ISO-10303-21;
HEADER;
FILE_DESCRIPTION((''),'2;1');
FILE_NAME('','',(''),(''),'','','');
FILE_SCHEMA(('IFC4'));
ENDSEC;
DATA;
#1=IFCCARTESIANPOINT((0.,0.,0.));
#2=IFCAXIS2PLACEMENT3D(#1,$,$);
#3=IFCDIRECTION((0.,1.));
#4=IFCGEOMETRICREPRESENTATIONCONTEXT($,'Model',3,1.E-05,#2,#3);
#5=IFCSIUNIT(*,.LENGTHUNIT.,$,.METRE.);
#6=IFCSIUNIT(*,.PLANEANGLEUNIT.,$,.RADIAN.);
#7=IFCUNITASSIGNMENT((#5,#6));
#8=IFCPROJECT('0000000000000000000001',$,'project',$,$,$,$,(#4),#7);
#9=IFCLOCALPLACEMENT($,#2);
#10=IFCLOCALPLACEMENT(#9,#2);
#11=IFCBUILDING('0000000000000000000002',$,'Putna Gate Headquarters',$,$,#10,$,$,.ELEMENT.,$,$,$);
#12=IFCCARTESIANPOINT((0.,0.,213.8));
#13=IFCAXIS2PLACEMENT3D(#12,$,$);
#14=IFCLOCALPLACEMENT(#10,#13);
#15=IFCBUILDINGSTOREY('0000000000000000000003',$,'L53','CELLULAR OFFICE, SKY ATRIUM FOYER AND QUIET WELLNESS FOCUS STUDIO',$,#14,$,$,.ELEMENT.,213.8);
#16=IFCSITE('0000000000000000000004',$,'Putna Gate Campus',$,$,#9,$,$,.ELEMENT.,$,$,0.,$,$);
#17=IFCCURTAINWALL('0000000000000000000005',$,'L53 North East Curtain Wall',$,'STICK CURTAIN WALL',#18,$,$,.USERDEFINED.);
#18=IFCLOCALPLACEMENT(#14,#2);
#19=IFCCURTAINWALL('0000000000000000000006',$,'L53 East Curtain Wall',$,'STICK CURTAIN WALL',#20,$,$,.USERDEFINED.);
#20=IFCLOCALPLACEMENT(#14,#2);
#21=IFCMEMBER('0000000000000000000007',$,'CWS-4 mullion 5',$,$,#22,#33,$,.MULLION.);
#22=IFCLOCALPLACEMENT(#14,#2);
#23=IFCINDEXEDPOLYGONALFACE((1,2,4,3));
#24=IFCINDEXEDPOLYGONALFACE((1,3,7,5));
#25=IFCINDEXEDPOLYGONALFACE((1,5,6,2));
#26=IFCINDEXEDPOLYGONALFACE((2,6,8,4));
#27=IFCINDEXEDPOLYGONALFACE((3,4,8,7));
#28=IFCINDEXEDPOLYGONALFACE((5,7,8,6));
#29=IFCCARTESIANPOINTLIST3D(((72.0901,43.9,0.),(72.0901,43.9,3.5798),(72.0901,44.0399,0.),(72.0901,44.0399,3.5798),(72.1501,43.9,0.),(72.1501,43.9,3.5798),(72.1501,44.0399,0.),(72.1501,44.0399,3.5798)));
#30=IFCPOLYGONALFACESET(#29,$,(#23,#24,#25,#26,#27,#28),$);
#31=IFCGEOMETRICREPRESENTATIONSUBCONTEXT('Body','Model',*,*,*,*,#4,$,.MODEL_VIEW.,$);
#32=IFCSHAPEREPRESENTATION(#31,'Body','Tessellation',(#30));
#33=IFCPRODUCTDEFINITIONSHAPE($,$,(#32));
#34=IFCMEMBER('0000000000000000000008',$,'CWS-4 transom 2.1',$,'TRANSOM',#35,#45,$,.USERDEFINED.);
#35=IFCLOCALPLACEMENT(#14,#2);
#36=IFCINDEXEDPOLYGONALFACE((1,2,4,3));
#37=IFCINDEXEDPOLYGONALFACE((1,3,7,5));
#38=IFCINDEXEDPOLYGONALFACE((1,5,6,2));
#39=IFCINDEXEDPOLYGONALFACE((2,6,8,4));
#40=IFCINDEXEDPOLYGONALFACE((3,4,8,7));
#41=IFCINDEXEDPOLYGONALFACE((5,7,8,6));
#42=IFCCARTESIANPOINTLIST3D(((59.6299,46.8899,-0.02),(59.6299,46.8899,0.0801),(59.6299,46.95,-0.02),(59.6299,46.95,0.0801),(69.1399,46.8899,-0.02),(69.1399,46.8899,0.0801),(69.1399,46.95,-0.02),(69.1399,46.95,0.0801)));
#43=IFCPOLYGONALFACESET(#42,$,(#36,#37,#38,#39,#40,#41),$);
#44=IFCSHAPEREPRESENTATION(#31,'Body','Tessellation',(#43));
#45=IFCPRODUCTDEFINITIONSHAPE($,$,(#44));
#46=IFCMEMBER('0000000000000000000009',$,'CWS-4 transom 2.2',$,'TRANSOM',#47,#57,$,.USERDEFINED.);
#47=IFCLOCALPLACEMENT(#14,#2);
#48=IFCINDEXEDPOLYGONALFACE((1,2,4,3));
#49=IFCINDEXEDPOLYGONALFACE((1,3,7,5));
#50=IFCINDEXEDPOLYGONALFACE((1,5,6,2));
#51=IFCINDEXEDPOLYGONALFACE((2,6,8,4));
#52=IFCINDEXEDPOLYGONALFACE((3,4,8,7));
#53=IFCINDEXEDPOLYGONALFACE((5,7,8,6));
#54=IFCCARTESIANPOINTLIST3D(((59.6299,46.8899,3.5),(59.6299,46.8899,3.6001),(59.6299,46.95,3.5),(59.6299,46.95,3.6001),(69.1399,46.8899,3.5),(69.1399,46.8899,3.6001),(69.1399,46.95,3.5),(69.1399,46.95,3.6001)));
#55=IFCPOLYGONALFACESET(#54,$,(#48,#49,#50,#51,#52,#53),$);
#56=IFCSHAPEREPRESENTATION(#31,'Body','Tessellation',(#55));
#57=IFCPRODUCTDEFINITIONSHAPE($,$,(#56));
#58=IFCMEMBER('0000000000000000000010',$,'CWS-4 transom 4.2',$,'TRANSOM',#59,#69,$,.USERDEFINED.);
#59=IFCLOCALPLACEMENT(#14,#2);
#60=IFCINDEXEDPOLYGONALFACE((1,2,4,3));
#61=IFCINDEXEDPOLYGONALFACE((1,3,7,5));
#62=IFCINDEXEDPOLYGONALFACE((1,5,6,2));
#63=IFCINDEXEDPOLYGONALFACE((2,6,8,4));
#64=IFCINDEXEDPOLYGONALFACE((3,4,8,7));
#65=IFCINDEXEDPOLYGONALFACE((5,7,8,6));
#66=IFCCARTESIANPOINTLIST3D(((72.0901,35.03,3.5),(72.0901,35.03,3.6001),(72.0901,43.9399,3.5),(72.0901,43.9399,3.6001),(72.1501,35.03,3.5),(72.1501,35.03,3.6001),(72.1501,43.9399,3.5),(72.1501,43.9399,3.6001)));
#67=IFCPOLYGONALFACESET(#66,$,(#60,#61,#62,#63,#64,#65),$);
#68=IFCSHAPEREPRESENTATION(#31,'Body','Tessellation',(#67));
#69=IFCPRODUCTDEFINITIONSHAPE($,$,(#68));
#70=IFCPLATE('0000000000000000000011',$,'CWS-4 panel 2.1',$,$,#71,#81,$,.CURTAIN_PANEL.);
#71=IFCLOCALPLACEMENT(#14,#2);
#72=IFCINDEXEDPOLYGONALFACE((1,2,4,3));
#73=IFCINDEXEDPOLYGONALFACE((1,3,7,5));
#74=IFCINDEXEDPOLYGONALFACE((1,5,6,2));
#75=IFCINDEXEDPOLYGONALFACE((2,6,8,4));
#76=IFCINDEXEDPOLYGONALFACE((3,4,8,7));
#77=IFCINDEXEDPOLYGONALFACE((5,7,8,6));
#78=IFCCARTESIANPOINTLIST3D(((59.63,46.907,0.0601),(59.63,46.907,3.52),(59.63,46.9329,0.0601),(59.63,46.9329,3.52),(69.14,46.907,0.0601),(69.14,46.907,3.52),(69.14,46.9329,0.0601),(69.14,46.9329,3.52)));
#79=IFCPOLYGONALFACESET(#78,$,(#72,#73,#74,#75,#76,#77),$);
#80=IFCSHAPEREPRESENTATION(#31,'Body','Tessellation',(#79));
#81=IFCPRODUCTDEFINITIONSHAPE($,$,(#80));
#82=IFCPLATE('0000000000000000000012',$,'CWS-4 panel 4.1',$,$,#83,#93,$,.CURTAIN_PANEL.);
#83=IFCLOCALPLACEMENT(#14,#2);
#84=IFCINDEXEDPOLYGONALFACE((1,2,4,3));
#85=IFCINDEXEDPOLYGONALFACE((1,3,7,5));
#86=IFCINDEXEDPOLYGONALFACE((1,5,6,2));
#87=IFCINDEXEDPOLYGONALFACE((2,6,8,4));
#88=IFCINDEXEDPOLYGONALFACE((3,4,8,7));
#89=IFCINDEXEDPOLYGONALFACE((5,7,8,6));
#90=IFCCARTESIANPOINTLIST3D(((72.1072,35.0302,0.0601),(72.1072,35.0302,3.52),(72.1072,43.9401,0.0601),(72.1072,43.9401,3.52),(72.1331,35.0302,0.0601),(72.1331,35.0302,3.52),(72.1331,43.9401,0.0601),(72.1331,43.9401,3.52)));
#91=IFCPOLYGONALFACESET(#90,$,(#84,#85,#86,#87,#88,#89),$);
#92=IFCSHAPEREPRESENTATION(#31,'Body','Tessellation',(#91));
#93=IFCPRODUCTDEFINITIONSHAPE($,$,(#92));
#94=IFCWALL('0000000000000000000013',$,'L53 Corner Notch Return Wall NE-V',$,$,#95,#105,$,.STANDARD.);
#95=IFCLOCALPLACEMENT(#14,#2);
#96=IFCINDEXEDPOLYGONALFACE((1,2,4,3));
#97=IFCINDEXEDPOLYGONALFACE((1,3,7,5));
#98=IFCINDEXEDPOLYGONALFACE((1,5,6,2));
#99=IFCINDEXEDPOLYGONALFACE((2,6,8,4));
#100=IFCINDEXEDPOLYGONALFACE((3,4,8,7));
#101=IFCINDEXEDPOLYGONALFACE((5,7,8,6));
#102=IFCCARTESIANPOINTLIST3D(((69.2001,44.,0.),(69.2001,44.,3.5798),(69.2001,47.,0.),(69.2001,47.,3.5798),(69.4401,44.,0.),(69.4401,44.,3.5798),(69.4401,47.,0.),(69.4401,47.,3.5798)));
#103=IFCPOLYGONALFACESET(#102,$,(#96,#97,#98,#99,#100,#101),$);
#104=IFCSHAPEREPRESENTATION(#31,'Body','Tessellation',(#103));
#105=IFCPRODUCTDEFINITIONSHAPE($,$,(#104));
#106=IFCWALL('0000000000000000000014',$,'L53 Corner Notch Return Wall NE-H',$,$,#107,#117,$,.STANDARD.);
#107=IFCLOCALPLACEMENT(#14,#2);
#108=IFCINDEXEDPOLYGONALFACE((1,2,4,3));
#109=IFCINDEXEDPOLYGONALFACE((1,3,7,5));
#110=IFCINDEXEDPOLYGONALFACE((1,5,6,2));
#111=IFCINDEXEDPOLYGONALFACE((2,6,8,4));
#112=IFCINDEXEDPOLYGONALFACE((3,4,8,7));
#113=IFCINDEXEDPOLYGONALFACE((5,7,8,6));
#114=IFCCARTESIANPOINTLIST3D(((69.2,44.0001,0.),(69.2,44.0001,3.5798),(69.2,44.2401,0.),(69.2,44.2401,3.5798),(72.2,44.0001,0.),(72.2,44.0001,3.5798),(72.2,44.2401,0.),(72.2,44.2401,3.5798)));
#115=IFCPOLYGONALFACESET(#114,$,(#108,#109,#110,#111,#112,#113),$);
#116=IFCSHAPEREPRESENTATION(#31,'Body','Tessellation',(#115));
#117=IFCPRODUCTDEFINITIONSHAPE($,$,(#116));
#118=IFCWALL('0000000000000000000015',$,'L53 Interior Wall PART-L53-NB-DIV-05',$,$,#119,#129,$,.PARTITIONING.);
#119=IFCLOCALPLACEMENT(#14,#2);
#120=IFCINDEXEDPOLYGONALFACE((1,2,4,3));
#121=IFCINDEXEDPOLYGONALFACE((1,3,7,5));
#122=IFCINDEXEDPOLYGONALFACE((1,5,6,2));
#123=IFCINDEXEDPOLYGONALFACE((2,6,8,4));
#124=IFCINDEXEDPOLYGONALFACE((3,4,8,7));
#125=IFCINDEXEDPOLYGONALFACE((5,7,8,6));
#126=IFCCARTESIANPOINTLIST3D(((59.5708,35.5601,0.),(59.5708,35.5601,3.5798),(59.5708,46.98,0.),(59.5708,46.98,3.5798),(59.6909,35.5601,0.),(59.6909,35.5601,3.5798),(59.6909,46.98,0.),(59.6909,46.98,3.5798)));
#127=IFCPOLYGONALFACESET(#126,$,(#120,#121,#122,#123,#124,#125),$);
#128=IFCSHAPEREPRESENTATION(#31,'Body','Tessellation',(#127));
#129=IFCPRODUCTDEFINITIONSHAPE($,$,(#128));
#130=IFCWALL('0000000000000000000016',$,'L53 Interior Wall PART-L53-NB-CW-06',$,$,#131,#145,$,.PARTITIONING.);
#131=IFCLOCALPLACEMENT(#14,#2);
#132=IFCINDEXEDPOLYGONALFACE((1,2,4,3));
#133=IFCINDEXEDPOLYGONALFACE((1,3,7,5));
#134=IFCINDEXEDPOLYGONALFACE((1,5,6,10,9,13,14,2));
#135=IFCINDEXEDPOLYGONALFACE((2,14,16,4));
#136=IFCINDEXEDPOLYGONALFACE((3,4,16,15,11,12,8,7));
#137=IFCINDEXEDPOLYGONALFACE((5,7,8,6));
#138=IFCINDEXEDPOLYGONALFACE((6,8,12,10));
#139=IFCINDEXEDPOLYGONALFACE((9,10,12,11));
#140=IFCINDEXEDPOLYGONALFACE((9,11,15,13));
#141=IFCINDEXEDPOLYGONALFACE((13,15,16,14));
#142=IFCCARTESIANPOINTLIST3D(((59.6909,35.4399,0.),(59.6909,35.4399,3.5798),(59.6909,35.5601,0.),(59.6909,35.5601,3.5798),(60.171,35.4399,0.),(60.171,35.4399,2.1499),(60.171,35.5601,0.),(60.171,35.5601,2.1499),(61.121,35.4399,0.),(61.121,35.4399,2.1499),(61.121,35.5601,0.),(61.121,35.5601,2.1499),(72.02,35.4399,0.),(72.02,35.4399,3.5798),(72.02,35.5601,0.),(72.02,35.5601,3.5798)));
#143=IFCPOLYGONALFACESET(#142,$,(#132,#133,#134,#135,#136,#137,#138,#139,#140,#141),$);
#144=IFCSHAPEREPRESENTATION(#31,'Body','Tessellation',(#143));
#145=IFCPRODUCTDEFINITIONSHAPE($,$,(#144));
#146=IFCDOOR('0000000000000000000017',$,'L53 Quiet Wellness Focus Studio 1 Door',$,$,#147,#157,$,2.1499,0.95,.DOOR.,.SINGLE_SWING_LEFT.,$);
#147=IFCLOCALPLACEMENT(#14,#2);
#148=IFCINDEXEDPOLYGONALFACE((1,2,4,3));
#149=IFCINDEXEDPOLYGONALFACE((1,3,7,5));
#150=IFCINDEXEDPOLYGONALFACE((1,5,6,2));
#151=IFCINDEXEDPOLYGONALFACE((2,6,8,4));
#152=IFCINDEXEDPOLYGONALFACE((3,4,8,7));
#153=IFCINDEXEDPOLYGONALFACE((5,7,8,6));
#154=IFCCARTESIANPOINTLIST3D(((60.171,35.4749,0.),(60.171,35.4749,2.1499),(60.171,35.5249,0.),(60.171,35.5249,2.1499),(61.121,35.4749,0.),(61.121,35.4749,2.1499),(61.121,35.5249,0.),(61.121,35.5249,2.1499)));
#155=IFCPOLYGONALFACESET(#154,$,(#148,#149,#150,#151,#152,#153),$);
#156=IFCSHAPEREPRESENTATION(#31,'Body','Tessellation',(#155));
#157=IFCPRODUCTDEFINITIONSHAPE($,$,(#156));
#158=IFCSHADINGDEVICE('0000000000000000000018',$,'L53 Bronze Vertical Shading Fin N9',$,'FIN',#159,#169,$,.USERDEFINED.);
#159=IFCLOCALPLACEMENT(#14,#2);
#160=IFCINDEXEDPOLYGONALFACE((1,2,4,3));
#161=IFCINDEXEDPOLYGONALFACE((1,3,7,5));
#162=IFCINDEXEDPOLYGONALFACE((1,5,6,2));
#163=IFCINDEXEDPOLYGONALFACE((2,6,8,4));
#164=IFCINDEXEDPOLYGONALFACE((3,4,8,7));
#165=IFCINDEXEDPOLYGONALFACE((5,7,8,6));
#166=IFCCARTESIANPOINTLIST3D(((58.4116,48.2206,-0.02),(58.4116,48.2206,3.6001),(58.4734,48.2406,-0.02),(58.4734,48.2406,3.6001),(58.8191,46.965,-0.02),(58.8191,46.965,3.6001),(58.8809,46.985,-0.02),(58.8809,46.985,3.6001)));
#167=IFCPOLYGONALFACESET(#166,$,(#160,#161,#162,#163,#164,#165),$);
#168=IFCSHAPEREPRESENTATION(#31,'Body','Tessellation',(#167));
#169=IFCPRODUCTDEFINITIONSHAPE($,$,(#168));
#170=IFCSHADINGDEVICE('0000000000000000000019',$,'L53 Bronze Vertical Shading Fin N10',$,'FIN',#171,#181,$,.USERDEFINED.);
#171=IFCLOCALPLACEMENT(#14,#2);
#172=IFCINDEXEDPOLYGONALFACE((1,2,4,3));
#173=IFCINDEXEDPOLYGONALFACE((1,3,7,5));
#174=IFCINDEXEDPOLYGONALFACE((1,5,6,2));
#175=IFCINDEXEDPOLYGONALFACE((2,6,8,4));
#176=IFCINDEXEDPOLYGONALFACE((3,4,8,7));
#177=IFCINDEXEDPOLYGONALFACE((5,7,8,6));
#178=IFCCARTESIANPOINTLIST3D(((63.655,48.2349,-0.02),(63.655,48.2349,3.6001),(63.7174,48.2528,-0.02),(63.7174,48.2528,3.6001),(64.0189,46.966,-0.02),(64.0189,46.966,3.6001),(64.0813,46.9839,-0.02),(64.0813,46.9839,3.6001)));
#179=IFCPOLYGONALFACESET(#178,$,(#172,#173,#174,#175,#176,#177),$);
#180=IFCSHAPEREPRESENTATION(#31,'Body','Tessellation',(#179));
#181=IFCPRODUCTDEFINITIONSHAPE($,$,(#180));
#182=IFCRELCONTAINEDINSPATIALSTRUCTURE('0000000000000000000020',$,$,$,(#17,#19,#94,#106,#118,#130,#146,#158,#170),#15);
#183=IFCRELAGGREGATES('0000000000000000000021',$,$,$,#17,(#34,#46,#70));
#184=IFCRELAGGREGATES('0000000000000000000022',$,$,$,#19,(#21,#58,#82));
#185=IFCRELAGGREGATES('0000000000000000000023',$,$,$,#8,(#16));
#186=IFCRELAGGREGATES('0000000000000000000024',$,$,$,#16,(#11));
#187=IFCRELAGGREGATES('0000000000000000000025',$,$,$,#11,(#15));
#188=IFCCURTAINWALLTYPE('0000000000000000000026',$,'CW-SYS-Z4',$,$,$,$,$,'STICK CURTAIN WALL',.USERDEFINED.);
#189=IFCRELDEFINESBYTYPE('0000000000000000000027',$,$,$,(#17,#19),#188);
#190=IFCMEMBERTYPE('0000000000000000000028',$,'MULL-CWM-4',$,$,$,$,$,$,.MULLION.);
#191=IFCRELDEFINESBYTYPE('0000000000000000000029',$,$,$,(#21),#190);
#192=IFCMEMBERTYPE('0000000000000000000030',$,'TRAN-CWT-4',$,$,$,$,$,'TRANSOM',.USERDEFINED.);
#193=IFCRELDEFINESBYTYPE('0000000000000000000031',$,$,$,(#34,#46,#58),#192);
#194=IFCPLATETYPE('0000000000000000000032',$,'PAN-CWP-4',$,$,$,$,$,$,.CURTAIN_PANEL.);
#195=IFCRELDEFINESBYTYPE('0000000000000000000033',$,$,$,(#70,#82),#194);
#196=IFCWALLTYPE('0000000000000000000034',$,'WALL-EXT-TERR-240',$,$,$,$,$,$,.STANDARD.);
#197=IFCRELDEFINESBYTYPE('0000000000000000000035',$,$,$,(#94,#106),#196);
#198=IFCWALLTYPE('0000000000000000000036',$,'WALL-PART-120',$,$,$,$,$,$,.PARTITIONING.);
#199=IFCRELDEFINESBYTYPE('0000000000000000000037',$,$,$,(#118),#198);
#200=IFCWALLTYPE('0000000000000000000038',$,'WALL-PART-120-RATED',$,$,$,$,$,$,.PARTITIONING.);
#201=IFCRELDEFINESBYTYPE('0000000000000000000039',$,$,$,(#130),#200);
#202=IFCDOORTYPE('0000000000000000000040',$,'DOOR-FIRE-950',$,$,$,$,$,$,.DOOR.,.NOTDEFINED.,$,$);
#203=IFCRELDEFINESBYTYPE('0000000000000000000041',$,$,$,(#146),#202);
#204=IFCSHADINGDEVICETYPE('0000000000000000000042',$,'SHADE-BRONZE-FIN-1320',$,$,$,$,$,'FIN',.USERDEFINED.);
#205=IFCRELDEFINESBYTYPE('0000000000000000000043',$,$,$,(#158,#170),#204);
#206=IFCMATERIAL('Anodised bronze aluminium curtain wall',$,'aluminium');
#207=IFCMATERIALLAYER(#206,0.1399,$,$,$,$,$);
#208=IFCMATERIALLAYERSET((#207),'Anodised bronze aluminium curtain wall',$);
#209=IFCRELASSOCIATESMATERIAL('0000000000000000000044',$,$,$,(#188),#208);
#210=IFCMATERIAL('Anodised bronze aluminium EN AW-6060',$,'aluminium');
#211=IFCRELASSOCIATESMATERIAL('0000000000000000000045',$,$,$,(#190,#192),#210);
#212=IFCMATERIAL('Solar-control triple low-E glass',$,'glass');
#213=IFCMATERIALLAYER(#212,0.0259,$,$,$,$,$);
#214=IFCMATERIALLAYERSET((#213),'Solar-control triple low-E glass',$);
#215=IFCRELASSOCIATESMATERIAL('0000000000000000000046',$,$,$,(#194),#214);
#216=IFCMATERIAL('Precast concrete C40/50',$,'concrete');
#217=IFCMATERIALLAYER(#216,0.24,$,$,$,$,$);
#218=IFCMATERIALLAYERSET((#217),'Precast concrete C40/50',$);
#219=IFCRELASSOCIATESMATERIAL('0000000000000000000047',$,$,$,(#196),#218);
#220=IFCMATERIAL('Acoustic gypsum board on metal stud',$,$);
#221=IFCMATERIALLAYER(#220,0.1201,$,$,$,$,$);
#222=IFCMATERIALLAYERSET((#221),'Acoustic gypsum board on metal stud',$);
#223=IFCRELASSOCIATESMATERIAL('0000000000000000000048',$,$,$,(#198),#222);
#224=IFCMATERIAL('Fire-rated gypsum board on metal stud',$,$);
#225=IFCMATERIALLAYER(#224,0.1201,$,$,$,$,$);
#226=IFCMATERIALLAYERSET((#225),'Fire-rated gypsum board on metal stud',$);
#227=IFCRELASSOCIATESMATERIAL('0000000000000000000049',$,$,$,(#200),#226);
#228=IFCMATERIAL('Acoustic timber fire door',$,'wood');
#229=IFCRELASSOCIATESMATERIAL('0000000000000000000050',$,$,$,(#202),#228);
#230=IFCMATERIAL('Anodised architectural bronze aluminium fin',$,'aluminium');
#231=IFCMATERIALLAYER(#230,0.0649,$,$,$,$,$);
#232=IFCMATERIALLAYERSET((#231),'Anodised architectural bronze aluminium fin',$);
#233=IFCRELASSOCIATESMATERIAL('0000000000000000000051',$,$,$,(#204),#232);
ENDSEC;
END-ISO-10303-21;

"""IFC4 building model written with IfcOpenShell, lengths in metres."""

from ifc_helpers import new_model, si_unit, direction, frame, frame_2d, origin, origin_2d, place, context, subcontext, project, spatial, rectangle, extrude, material, layer, layer_set, material_profile, profile_set, type_object, element, fill, aggregate, save


model = new_model("IFC4")

# Units and contexts
model_context = context("Model", 3, precision=1e-05, world=origin(), true_north=direction((0.0, 1.0)))
body_context = subcontext(model_context, "Body", "Model", "MODEL_VIEW")
ifc_project = project(units=[si_unit("LENGTHUNIT", "METRE"), si_unit("PLANEANGLEUNIT", "RADIAN")], contexts=[model_context])

# Site, building, storey
site_placement = place(None, origin())
site = spatial("IfcSite", under=ifc_project, at=site_placement, Name="Putna Gate Campus", CompositionType="ELEMENT", RefElevation=0.0)
building_placement = place(site_placement, origin())
building = spatial("IfcBuilding", under=site, at=building_placement, Name="Putna Gate Headquarters", CompositionType="ELEMENT")
storey_placement = place(building_placement, frame((0.0, 0.0, 213.8)))
storey = spatial("IfcBuildingStorey", under=building, at=storey_placement, Name="L53", Description="CELLULAR OFFICE, SKY ATRIUM FOYER AND QUIET WELLNESS FOCUS STUDIO", CompositionType="ELEMENT", Elevation=213.8)

# Curtain wall
ifc_material_1 = material(Name="Anodised bronze aluminium curtain wall", Category="aluminium")
ifc_layer_1 = layer(ifc_material_1, 0.1399)
ifc_layer_set_1 = layer_set([ifc_layer_1], Name="Anodised bronze aluminium curtain wall")
curtain_wall_type = type_object("IfcCurtainWallType", Name="CW-SYS-Z4", ElementType="STICK CURTAIN WALL", PredefinedType="USERDEFINED", material=ifc_layer_set_1)
curtain_wall_1_placement = place(storey_placement, origin())
curtain_wall_1 = element("IfcCurtainWall", 1, at=curtain_wall_1_placement, inside=storey, type_object=curtain_wall_type, Name="L53 North East Curtain Wall", ObjectType="STICK CURTAIN WALL", PredefinedType="USERDEFINED")
ifc_material_2 = material(Name="Anodised bronze aluminium EN AW-6060", Category="aluminium")
ifc_material_profile_1 = material_profile(ifc_material_2, rectangle(XDim=0.0601, YDim=0.1399, at=origin_2d()), Name="Anodised bronze aluminium EN AW-6060")
ifc_profile_set_1 = profile_set([ifc_material_profile_1], Name="Anodised bronze aluminium EN AW-6060")
member_type_1 = type_object("IfcMemberType", Name="MULL-CWM-4", PredefinedType="MULLION", material=ifc_profile_set_1)

# Curtain wall, member
curtain_wall_2_placement = place(storey_placement, origin())
curtain_wall_2 = element("IfcCurtainWall", 2, at=curtain_wall_2_placement, inside=storey, type_object=curtain_wall_type, Name="L53 East Curtain Wall", ObjectType="STICK CURTAIN WALL", PredefinedType="USERDEFINED")
member_1_placement = place(storey_placement, frame((72.1201, 43.97, 0.0), z_axis=(0.0, 0.0, 1.0), x_axis=(-1.0, 0.0, 0.0)))
member_1 = element("IfcMember", 3, at=member_1_placement, type_object=member_type_1, Name="CWS-4 mullion 5", PredefinedType="MULLION", context=body_context, shape_type="SweptSolid", body=[
    extrude(rectangle(XDim=0.0601, YDim=0.1399, at=origin_2d()), origin(), (0.0, 0.0, 1.0), 3.5798),
])

# Members
ifc_material_profile_2 = material_profile(ifc_material_2, rectangle(XDim=0.0601, YDim=0.1001, at=origin_2d()), Name="Anodised bronze aluminium EN AW-6060")
ifc_profile_set_2 = profile_set([ifc_material_profile_2], Name="Anodised bronze aluminium EN AW-6060")
member_type_2 = type_object("IfcMemberType", Name="TRAN-CWT-4", ElementType="TRANSOM", PredefinedType="USERDEFINED", material=ifc_profile_set_2)
member_2_placement = place(storey_placement, frame((59.6299, 46.9199, 0.03), z_axis=(1.0, 0.0, 0.0), x_axis=(0.0, 1.0, 0.0)))
member_2 = element("IfcMember", 4, at=member_2_placement, type_object=member_type_2, Name="CWS-4 transom 2.1", ObjectType="TRANSOM", PredefinedType="USERDEFINED", context=body_context, shape_type="SweptSolid", body=[
    extrude(rectangle(XDim=0.0601, YDim=0.1001, at=origin_2d()), origin(), (0.0, 0.0, 1.0), 9.51),
])
member_3_placement = place(storey_placement, frame((59.6299, 46.9199, 3.55), z_axis=(1.0, 0.0, 0.0), x_axis=(0.0, 1.0, 0.0)))
member_3 = element("IfcMember", 5, at=member_3_placement, type_object=member_type_2, Name="CWS-4 transom 2.2", ObjectType="TRANSOM", PredefinedType="USERDEFINED", context=body_context, shape_type="SweptSolid", body=[
    extrude(rectangle(XDim=0.0601, YDim=0.1001, at=origin_2d()), origin(), (0.0, 0.0, 1.0), 9.51),
])
member_4_placement = place(storey_placement, frame((72.1201, 35.03, 3.55), z_axis=(0.0, 1.0, 0.0), x_axis=(-1.0, 0.0, 0.0)))
member_4 = element("IfcMember", 6, at=member_4_placement, type_object=member_type_2, Name="CWS-4 transom 4.2", ObjectType="TRANSOM", PredefinedType="USERDEFINED", context=body_context, shape_type="SweptSolid", body=[
    extrude(rectangle(XDim=0.0601, YDim=0.1001, at=origin_2d()), origin(), (0.0, 0.0, 1.0), 8.9099),
])

# Plates
ifc_material_3 = material(Name="Solar-control triple low-E glass", Category="glass")
ifc_layer_2 = layer(ifc_material_3, 0.0259)
ifc_layer_set_2 = layer_set([ifc_layer_2], Name="Solar-control triple low-E glass")
plate_type = type_object("IfcPlateType", Name="PAN-CWP-4", PredefinedType="CURTAIN_PANEL", material=ifc_layer_set_2)
plate_1_placement = place(storey_placement, frame((64.385, 46.9199, 0.0601), z_axis=(0.0, 0.0, 1.0), x_axis=(1.0, 0.0, 0.0)))
plate_1 = element("IfcPlate", 7, at=plate_1_placement, type_object=plate_type, Name="CWS-4 panel 2.1", PredefinedType="CURTAIN_PANEL", context=body_context, shape_type="SweptSolid", body=[
    extrude(rectangle(XDim=9.51, YDim=0.0259, at=origin_2d()), origin(), (0.0, 0.0, 1.0), 3.46),
])
aggregate(curtain_wall_1, [member_2, member_3, plate_1])
plate_2_placement = place(storey_placement, frame((72.1201, 39.4851, 0.0601), z_axis=(0.0, 0.0, 1.0), x_axis=(0.0, 1.0, 0.0)))
plate_2 = element("IfcPlate", 8, at=plate_2_placement, type_object=plate_type, Name="CWS-4 panel 4.1", PredefinedType="CURTAIN_PANEL", context=body_context, shape_type="SweptSolid", body=[
    extrude(rectangle(XDim=8.9099, YDim=0.0259, at=origin_2d()), origin(), (0.0, 0.0, 1.0), 3.46),
])
aggregate(curtain_wall_2, [member_1, member_4, plate_2])

# Walls
ifc_material_4 = material(Name="Precast concrete C40/50", Category="concrete")
ifc_layer_3 = layer(ifc_material_4, 0.24)
ifc_layer_set_3 = layer_set([ifc_layer_3], Name="Precast concrete C40/50")
wall_type_1 = type_object("IfcWallType", Name="WALL-EXT-TERR-240", PredefinedType="STANDARD", material=ifc_layer_set_3)
for number, where, z_axis, x_axis, name in (
    (9, (69.3201, 47.0, 0.0), (0.0, 0.0, 1.0), (0.0, -1.0, 0.0), "L53 Corner Notch Return Wall NE-V"),
    (10, (69.2, 44.1201, 0.0), (0.0, 0.0, 1.0), (1.0, 0.0, 0.0), "L53 Corner Notch Return Wall NE-H"),
):
    element("IfcWall", number, at=place(storey_placement, frame(where, z_axis=z_axis, x_axis=x_axis)), inside=storey, type_object=wall_type_1, Name=name, PredefinedType="STANDARD", context=body_context, shape_type="SweptSolid", body=[
        extrude(rectangle(XDim=3.0, YDim=0.24, at=frame_2d((1.5, 0.0))), origin(), (0.0, 0.0, 1.0), 3.5798),
    ])
ifc_material_5 = material(Name="Acoustic gypsum board on metal stud")
ifc_layer_4 = layer(ifc_material_5, 0.1201)
ifc_layer_set_4 = layer_set([ifc_layer_4], Name="Acoustic gypsum board on metal stud")
wall_type_2 = type_object("IfcWallType", Name="WALL-PART-120", PredefinedType="PARTITIONING", material=ifc_layer_set_4)
wall_1_placement = place(storey_placement, frame((59.6309, 35.5601, 0.0), z_axis=(0.0, 0.0, 1.0), x_axis=(0.0, 1.0, 0.0)))
element("IfcWall", 11, at=wall_1_placement, inside=storey, type_object=wall_type_2, Name="L53 Interior Wall PART-L53-NB-DIV-05", PredefinedType="PARTITIONING", context=body_context, shape_type="SweptSolid", body=[
    extrude(rectangle(XDim=11.4199, YDim=0.1201, at=frame_2d((5.71, 0.0))), origin(), (0.0, 0.0, 1.0), 3.5798),
])

# Wall, opening, door
ifc_material_6 = material(Name="Fire-rated gypsum board on metal stud")
ifc_layer_5 = layer(ifc_material_6, 0.1201)
ifc_layer_set_5 = layer_set([ifc_layer_5], Name="Fire-rated gypsum board on metal stud")
wall_type_3 = type_object("IfcWallType", Name="WALL-PART-120-RATED", PredefinedType="PARTITIONING", material=ifc_layer_set_5)
wall_2_placement = place(storey_placement, frame((59.6909, 35.5, 0.0), z_axis=(0.0, 0.0, 1.0), x_axis=(1.0, 0.0, 0.0)))
wall_2 = element("IfcWall", 12, at=wall_2_placement, inside=storey, type_object=wall_type_3, Name="L53 Interior Wall PART-L53-NB-CW-06", PredefinedType="PARTITIONING", context=body_context, shape_type="SweptSolid", body=[
    extrude(rectangle(XDim=12.3291, YDim=0.1201, at=frame_2d((6.1646, 0.0))), origin(), (0.0, 0.0, 1.0), 3.5798),
])
opening_placement = place(wall_2_placement, frame((0.48, 0.0, 0.0)))
opening = element("IfcOpeningElement", 13, at=opening_placement, cuts=wall_2, PredefinedType="OPENING", context=body_context, shape_type="SweptSolid", body=[
    extrude(rectangle(XDim=0.95, YDim=2.1499, at=frame_2d((0.4751, 1.075))), frame((0.0, 0.0701, 0.0), z_axis=(0.0, -1.0, 0.0), x_axis=(1.0, 0.0, 0.0)), (0.0, 0.0, 1.0), 0.1401),
])
ifc_material_7 = material(Name="Acoustic timber fire door", Category="wood")
door_type = type_object("IfcDoorType", Name="DOOR-FIRE-950", OperationType="NOTDEFINED", PredefinedType="DOOR", material=ifc_material_7)
door_placement = place(opening_placement, origin())
door = element("IfcDoor", 14, at=door_placement, inside=storey, type_object=door_type, Name="L53 Quiet Wellness Focus Studio 1 Door", OperationType="SINGLE_SWING_LEFT", OverallHeight=2.1499, OverallWidth=0.95, PredefinedType="DOOR", context=body_context, shape_type="SweptSolid", body=[
    extrude(rectangle(XDim=0.95, YDim=2.1499, at=frame_2d((0.4751, 1.075))), frame((0.0, 0.0249, 0.0), z_axis=(0.0, -1.0, 0.0), x_axis=(1.0, 0.0, 0.0)), (0.0, 0.0, 1.0), 0.05),
])
fill(opening, door)

# Shading devices
ifc_material_8 = material(Name="Anodised architectural bronze aluminium fin", Category="aluminium")
ifc_layer_6 = layer(ifc_material_8, 0.0649)
ifc_layer_set_6 = layer_set([ifc_layer_6], Name="Anodised architectural bronze aluminium fin")
shading_device_type = type_object("IfcShadingDeviceType", Name="SHADE-BRONZE-FIN-1320", ElementType="FIN", PredefinedType="USERDEFINED", material=ifc_layer_set_6)
for number, where, z_axis, x_axis, name in (
    (15, (58.6462, 47.6028, -0.02), (0.0, 0.0, 1.0), (-0.308685, 0.951164, 0.0), "L53 Bronze Vertical Shading Fin N9"),
    (16, (63.8682, 47.6094, -0.02), (0.0, 0.0, 1.0), (-0.275637, 0.961262, 0.0), "L53 Bronze Vertical Shading Fin N10"),
):
    element("IfcShadingDevice", number, at=place(storey_placement, frame(where, z_axis=z_axis, x_axis=x_axis)), inside=storey, type_object=shading_device_type, Name=name, ObjectType="FIN", PredefinedType="USERDEFINED", context=body_context, shape_type="SweptSolid", body=[
        extrude(rectangle(XDim=1.3201, YDim=0.0649, at=origin_2d()), origin(), (0.0, 0.0, 1.0), 3.6201),
    ])

save(model, "model.ifc")
